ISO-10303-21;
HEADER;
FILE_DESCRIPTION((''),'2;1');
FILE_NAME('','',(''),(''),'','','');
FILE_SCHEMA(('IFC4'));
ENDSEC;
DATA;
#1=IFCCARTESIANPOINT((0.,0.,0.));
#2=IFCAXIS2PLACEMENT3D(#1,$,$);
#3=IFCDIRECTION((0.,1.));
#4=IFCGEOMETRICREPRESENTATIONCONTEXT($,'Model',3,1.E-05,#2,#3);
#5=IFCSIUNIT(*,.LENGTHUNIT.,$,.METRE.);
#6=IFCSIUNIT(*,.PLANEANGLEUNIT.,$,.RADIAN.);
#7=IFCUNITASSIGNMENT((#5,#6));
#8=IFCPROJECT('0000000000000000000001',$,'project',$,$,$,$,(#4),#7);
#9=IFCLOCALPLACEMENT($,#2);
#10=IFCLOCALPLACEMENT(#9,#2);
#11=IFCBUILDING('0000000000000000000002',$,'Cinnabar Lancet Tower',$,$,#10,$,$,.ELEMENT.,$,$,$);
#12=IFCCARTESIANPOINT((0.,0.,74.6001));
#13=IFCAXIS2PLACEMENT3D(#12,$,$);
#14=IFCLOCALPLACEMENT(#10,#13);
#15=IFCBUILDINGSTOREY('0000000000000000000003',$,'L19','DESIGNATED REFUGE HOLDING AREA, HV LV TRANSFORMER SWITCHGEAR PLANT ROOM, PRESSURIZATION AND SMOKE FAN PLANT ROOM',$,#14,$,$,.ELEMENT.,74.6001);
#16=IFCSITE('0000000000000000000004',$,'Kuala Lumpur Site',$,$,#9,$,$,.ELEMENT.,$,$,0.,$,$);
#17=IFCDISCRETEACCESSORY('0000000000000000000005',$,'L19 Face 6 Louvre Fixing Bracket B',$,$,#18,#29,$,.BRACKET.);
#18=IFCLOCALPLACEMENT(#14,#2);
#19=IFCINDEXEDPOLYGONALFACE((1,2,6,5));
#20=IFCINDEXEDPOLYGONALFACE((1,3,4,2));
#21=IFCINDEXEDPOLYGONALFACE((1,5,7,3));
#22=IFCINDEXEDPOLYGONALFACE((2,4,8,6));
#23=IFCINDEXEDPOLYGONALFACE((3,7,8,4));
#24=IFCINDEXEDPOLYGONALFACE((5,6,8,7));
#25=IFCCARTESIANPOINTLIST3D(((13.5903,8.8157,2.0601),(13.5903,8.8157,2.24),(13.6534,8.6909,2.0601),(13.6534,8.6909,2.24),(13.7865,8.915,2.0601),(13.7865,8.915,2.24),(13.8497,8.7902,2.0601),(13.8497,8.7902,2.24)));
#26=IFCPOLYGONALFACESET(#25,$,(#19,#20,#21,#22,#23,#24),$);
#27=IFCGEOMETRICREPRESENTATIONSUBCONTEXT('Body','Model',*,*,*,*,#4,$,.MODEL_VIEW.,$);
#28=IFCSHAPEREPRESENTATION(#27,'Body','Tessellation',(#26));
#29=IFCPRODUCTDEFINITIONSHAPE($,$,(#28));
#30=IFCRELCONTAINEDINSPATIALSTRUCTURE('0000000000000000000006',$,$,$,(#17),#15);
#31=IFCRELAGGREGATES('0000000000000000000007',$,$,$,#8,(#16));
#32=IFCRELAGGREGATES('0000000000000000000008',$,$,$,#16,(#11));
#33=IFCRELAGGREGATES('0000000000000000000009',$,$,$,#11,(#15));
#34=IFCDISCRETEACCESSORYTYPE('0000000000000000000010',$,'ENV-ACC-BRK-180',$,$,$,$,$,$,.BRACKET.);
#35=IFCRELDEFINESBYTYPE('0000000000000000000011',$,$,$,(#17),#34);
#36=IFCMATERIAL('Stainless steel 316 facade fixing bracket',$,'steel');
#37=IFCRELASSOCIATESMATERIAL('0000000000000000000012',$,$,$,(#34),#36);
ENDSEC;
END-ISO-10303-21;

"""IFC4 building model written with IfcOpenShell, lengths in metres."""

from ifc_helpers import new_model, si_unit, direction, frame, origin, origin_2d, place, context, subcontext, project, spatial, rectangle, extrude, material, type_object, element, save


model = new_model("IFC4")

# Units and contexts
model_context = context("Model", 3, precision=1e-05, world=origin(), true_north=direction((0.0, 1.0)))
body_context = subcontext(model_context, "Body", "Model", "MODEL_VIEW")
ifc_project = project(units=[si_unit("LENGTHUNIT", "METRE"), si_unit("PLANEANGLEUNIT", "RADIAN")], contexts=[model_context])

# Site, building, storey
site_placement = place(None, origin())
site = spatial("IfcSite", under=ifc_project, at=site_placement, Name="Kuala Lumpur Site", CompositionType="ELEMENT", RefElevation=0.0)
building_placement = place(site_placement, origin())
building = spatial("IfcBuilding", under=site, at=building_placement, Name="Cinnabar Lancet Tower", CompositionType="ELEMENT")
storey_placement = place(building_placement, frame((0.0, 0.0, 74.6001)))
storey = spatial("IfcBuildingStorey", under=building, at=storey_placement, Name="L19", Description="DESIGNATED REFUGE HOLDING AREA, HV LV TRANSFORMER SWITCHGEAR PLANT ROOM, PRESSURIZATION AND SMOKE FAN PLANT ROOM", CompositionType="ELEMENT", Elevation=74.6001)

# Discrete accessory
ifc_material_1 = material(Name="Stainless steel 316 facade fixing bracket", Category="steel")
discrete_accessory_type = type_object("IfcDiscreteAccessoryType", Name="ENV-ACC-BRK-180", PredefinedType="BRACKET", material=ifc_material_1)
discrete_accessory_placement = place(storey_placement, frame((13.72, 8.803, 2.0601), z_axis=(0.0, 0.0, 1.0), x_axis=(0.451469, -0.892287, 0.0)))
element("IfcDiscreteAccessory", 1, at=discrete_accessory_placement, inside=storey, type_object=discrete_accessory_type, Name="L19 Face 6 Louvre Fixing Bracket B", PredefinedType="BRACKET", context=body_context, shape_type="SweptSolid", body=[
    extrude(rectangle(XDim=0.1399, YDim=0.22, at=origin_2d()), origin(), (0.0, 0.0, 1.0), 0.1799),
])

save(model, "model.ifc")
